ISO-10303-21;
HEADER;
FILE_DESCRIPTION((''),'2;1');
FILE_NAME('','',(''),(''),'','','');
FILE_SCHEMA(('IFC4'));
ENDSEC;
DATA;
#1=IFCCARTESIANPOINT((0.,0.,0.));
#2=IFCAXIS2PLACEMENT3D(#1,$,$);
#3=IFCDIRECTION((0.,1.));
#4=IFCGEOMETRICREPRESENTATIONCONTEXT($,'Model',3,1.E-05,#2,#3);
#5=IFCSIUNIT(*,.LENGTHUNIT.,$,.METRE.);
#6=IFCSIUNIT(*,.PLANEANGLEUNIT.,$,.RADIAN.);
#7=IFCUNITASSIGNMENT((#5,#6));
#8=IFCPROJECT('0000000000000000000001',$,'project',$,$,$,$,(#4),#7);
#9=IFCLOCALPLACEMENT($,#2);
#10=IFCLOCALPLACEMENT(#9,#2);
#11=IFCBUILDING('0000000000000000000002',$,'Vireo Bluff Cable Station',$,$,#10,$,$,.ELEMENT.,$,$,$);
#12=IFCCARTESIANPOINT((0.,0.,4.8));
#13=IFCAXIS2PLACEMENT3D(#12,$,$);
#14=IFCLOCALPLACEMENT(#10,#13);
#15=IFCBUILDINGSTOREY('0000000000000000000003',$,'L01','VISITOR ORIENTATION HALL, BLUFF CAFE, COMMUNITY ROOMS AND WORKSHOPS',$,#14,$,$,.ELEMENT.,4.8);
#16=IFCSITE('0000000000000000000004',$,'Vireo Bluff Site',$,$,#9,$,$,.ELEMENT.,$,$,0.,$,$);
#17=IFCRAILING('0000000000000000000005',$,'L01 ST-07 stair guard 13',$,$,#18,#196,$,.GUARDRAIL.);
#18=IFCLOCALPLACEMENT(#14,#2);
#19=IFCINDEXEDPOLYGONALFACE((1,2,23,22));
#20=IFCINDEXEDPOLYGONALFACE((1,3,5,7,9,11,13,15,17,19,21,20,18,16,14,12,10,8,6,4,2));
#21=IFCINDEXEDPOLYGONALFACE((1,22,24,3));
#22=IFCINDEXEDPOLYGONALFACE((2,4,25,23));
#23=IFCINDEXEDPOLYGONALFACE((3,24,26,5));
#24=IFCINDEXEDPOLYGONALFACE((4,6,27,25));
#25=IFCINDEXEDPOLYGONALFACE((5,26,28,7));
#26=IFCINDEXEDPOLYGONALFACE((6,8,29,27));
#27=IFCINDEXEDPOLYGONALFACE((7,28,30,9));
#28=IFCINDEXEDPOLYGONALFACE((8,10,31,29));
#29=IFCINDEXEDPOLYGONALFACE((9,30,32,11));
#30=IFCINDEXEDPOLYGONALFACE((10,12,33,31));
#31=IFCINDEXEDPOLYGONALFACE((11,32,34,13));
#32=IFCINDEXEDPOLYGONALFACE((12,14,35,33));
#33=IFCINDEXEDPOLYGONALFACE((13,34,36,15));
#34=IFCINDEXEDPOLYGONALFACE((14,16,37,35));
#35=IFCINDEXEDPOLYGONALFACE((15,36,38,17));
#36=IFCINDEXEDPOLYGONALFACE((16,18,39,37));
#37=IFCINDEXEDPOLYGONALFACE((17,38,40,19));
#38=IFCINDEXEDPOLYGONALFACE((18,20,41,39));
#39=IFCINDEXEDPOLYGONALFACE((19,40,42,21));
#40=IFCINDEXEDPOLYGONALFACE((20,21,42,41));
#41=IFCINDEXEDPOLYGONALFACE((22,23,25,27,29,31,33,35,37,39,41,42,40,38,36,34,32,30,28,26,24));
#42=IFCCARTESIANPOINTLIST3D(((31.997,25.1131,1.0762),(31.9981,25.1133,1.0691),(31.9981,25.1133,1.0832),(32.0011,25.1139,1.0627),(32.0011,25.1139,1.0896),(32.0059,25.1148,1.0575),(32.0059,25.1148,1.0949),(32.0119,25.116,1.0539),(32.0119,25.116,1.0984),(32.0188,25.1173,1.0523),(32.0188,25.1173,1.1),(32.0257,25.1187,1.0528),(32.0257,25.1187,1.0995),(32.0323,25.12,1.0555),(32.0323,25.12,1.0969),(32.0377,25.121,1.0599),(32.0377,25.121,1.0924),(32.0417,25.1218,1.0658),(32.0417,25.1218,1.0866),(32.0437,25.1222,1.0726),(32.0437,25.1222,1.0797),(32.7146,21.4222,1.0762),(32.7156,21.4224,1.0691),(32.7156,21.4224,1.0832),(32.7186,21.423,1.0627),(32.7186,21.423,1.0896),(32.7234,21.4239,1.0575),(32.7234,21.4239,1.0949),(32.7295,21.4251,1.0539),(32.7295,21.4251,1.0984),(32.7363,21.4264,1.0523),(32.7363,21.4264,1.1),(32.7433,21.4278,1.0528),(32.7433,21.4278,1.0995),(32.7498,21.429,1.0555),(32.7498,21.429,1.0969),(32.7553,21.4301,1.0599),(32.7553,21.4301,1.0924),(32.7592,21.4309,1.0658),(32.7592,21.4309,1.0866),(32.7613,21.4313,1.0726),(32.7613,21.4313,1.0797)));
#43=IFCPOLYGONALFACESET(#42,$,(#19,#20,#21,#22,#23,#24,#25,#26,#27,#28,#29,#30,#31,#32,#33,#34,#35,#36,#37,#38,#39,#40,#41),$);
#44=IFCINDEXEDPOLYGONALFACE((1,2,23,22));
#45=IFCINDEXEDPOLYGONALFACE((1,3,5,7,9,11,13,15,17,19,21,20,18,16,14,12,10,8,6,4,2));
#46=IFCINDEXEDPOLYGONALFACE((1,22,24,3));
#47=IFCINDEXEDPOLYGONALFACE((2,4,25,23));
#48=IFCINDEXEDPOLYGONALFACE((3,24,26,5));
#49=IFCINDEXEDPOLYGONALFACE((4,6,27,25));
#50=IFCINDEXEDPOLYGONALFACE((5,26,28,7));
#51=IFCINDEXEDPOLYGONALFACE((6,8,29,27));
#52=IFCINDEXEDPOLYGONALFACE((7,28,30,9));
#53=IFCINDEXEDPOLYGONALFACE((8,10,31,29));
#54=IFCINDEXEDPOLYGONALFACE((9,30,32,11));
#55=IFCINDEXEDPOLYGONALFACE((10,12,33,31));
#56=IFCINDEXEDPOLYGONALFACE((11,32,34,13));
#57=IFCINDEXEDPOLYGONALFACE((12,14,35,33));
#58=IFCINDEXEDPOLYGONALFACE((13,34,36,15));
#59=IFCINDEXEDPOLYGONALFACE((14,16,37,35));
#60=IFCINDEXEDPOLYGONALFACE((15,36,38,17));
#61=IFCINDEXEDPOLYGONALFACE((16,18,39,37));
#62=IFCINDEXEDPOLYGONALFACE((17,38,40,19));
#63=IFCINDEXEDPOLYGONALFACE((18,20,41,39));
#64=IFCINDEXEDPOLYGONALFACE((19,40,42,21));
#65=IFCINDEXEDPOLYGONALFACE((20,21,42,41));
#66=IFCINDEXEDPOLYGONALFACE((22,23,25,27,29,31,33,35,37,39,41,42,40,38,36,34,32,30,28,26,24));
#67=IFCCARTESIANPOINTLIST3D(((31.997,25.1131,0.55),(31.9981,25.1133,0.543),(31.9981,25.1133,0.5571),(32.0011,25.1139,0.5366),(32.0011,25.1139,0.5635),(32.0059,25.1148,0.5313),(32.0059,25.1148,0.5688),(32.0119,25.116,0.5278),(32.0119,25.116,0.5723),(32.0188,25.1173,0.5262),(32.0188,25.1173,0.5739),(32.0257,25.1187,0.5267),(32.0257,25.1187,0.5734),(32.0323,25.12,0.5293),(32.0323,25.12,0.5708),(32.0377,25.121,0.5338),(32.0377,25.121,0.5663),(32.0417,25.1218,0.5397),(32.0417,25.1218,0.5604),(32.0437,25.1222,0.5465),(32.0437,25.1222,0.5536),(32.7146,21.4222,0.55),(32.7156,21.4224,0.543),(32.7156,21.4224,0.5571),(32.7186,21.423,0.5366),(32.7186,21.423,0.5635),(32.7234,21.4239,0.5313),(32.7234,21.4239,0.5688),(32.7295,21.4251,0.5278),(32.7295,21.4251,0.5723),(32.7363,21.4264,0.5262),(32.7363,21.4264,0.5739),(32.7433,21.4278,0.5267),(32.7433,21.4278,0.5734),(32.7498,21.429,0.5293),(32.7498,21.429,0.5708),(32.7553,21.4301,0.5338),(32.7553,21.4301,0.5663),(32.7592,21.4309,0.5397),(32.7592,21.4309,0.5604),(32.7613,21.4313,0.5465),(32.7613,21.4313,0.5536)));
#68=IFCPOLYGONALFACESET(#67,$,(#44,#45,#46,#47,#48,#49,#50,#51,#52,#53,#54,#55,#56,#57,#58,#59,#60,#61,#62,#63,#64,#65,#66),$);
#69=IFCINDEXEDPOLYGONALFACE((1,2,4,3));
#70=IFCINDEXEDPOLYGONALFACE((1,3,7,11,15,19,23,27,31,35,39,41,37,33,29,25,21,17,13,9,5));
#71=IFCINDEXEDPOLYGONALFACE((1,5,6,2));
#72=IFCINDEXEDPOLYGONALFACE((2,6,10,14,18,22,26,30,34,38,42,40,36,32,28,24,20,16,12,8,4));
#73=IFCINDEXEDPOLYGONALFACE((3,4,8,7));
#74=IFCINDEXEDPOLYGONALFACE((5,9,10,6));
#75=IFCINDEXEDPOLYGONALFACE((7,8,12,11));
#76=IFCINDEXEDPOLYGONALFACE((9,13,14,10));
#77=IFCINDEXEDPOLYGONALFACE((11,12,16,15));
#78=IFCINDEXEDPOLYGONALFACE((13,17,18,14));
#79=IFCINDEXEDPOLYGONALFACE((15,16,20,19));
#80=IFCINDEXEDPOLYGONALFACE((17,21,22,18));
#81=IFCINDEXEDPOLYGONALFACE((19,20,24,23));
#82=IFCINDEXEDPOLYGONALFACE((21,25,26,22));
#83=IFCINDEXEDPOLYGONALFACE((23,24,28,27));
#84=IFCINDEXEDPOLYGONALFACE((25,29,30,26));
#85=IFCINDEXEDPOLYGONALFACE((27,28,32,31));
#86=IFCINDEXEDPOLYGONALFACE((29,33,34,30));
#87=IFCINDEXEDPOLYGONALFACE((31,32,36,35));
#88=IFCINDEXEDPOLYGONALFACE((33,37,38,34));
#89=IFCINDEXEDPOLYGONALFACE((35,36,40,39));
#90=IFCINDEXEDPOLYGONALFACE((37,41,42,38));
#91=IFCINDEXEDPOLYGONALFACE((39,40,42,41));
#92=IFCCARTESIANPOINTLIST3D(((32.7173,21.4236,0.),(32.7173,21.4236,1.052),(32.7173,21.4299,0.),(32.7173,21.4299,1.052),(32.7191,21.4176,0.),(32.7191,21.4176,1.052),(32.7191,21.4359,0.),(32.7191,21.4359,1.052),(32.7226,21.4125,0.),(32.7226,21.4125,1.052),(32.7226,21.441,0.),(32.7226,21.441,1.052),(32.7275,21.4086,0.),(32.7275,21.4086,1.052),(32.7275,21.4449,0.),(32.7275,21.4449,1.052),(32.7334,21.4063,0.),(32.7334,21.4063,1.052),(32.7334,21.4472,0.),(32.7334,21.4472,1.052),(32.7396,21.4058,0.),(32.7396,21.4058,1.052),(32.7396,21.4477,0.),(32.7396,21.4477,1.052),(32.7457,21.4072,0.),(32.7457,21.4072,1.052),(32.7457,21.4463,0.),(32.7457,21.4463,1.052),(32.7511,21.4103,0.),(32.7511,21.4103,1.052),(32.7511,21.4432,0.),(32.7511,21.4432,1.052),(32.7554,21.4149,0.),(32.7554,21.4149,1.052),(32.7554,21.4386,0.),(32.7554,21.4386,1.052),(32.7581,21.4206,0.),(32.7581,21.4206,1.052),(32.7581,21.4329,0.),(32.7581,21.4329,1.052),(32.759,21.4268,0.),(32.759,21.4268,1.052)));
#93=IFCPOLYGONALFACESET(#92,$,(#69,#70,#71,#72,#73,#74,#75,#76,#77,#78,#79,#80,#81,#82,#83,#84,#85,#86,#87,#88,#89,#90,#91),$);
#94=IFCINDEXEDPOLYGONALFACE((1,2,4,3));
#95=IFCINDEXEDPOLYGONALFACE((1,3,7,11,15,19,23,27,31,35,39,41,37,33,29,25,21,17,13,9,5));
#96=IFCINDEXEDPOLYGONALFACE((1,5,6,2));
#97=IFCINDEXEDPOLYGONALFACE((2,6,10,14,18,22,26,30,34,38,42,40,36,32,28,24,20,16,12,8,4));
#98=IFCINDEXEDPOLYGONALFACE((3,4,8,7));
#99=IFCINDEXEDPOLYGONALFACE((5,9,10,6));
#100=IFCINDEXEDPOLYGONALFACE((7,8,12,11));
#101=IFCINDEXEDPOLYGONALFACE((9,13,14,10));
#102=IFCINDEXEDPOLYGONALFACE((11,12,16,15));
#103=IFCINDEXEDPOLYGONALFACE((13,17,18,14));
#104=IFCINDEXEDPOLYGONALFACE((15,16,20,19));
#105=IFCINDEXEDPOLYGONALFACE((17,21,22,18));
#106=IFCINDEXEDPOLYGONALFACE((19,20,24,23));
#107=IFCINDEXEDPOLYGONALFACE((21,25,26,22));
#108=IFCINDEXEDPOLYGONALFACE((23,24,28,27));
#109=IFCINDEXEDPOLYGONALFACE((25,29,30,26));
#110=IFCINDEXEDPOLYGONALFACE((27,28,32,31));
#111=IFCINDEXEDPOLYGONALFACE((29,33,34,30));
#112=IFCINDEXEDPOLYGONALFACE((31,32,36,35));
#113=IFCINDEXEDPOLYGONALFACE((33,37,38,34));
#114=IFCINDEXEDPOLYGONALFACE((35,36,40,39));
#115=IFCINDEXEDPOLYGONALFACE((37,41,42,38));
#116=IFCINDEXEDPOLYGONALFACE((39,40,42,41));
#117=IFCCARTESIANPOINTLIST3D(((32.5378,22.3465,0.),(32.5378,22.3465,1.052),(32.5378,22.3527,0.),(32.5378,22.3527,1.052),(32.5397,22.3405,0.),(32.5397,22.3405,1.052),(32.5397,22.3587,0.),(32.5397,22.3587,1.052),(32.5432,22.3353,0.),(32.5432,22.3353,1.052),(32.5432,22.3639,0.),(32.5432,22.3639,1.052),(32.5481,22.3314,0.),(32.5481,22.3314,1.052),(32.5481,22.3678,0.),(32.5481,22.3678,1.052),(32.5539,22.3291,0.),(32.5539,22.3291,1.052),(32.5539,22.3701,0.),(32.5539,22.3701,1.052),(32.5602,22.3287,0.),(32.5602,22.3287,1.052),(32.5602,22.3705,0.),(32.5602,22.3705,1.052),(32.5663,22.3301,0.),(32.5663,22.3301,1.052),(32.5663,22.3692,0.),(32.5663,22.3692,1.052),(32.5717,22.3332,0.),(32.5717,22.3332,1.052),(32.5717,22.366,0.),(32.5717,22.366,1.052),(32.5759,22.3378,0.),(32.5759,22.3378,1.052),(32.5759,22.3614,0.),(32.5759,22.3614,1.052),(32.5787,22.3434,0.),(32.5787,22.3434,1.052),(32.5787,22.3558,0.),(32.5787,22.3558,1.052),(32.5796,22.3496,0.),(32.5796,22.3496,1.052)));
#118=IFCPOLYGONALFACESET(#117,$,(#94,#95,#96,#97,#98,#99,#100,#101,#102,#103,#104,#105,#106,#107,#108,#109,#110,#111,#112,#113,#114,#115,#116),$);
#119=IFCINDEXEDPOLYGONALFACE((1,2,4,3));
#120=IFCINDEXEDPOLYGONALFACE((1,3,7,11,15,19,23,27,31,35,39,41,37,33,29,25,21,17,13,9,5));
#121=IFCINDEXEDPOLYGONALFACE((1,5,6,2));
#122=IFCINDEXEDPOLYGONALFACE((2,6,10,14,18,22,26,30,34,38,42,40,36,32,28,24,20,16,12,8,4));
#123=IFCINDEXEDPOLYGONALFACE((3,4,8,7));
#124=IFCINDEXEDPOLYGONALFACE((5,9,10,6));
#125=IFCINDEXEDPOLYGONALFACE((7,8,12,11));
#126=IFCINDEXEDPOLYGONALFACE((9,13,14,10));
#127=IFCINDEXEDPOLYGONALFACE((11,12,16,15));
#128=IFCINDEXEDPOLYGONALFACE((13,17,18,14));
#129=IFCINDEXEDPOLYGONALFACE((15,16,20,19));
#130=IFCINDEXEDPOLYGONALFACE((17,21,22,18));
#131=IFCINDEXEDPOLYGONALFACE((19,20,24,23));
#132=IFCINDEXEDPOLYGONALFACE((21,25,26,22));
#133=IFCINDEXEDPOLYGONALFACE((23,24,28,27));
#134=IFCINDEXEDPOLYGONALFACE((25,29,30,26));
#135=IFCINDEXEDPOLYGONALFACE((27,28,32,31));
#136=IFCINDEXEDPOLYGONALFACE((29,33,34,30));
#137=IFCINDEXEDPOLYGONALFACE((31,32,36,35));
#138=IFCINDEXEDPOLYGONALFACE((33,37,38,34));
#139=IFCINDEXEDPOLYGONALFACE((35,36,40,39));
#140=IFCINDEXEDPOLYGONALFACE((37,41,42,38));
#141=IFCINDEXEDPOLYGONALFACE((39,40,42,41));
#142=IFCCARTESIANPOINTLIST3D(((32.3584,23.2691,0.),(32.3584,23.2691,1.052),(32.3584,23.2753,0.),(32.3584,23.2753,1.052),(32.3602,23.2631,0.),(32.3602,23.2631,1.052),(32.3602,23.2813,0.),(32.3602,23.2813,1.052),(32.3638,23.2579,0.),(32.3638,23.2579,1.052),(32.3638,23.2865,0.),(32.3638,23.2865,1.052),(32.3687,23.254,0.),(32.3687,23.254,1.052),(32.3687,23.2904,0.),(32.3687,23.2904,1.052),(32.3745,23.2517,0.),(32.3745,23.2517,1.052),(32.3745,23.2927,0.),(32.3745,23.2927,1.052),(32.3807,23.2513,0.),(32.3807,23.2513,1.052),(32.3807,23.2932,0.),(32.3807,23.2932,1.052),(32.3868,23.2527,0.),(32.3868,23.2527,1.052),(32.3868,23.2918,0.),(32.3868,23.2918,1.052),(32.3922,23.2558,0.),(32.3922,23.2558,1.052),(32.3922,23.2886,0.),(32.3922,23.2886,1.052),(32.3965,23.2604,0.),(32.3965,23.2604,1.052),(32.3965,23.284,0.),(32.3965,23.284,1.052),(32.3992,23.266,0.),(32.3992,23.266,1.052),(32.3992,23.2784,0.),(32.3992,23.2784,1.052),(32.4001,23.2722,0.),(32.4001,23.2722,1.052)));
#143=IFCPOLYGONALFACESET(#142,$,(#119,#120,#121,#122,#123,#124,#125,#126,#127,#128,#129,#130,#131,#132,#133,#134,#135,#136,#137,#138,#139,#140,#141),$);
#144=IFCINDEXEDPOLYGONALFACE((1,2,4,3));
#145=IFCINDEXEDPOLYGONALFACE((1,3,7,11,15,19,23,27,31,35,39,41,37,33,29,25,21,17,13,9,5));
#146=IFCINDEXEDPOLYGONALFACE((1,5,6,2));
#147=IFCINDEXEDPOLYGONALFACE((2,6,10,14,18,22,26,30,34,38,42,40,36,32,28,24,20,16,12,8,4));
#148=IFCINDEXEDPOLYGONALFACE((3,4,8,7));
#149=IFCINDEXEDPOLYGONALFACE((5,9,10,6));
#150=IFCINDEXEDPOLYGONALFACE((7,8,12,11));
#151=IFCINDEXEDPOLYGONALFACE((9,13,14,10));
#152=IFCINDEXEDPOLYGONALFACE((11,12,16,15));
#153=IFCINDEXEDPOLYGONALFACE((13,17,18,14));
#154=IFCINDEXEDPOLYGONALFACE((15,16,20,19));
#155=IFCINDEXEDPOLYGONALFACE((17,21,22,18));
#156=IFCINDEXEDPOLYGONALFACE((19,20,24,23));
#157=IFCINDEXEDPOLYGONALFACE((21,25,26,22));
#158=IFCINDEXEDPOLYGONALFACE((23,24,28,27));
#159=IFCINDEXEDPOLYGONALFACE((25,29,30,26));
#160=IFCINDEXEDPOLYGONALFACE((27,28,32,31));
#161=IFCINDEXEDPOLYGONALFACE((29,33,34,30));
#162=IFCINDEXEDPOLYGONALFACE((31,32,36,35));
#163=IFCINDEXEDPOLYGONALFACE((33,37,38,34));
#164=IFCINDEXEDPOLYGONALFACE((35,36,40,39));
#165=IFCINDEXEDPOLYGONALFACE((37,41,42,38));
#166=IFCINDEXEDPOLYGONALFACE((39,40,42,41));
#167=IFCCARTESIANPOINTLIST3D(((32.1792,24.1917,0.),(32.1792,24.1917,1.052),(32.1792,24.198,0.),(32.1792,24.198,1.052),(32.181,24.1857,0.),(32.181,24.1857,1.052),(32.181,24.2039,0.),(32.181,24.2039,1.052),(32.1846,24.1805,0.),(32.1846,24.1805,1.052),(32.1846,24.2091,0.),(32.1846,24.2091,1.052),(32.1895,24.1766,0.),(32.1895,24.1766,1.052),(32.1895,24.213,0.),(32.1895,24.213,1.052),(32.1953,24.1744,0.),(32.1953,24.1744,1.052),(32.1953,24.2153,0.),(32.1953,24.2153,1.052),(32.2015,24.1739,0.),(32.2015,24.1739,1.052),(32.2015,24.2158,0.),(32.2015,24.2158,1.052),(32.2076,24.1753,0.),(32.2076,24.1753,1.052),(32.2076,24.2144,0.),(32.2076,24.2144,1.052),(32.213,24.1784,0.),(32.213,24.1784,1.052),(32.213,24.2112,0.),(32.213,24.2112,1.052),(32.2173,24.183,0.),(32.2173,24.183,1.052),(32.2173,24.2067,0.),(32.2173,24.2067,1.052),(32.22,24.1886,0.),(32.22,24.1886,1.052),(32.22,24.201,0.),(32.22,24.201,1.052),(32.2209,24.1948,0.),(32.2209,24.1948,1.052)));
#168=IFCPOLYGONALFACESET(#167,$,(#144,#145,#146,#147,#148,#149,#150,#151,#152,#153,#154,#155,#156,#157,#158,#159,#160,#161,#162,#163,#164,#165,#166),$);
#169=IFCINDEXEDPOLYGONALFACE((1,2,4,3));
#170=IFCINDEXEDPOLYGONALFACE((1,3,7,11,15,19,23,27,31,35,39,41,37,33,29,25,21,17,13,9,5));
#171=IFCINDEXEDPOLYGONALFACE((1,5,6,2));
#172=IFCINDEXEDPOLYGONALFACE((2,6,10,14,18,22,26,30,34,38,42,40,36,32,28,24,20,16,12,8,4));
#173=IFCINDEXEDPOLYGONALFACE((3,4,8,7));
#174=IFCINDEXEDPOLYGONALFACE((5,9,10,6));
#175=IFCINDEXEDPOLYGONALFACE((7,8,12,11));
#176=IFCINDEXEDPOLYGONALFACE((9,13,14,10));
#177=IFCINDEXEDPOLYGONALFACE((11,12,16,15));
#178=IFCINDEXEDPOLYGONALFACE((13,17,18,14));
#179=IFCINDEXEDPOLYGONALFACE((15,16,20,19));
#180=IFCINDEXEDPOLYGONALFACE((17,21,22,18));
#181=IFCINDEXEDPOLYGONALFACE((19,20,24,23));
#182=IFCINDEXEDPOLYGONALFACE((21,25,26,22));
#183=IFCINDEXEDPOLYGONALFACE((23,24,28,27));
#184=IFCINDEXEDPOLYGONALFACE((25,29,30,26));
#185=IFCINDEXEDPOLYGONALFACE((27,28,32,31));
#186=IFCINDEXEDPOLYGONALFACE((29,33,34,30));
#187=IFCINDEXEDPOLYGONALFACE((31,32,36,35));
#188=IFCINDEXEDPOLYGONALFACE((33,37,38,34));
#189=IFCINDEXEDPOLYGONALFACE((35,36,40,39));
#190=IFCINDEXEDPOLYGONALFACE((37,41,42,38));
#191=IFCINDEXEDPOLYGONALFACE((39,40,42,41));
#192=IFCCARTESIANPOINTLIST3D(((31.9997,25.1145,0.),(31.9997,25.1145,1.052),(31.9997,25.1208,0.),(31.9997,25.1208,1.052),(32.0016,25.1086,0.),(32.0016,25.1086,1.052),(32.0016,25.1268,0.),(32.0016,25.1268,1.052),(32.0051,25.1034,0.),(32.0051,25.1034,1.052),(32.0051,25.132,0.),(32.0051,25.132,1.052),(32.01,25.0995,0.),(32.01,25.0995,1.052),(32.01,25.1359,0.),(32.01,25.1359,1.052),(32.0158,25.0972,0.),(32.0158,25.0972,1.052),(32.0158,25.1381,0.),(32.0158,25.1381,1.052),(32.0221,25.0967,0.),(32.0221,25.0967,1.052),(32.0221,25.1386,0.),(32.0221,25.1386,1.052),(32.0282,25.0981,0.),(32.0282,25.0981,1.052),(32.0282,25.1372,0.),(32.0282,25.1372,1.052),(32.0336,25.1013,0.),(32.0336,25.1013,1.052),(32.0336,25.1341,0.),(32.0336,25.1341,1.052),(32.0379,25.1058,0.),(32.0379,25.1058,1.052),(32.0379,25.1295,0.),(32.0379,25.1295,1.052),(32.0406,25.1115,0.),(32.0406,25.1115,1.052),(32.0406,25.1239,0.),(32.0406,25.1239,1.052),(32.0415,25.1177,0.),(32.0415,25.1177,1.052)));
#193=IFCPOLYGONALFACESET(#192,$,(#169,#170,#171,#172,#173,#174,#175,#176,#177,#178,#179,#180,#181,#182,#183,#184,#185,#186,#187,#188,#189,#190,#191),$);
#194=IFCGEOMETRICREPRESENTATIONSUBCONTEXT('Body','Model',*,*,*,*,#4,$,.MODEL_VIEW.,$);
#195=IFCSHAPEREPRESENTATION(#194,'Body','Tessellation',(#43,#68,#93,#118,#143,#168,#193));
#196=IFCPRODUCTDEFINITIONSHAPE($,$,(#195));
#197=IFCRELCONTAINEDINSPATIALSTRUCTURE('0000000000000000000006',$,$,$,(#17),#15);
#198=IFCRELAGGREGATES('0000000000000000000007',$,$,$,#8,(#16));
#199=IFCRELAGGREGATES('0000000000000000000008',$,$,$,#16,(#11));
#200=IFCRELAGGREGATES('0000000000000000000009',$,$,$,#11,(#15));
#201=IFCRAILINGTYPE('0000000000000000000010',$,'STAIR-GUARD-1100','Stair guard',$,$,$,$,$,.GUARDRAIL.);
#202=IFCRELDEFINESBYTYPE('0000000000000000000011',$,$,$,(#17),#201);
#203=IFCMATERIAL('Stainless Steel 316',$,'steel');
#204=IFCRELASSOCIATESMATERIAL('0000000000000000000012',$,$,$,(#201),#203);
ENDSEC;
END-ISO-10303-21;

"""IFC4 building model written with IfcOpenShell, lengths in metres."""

from ifc_helpers import new_model, si_unit, direction, frame, origin, origin_2d, place, context, subcontext, project, spatial, circle, extrude, material, type_object, element, save


model = new_model("IFC4")

# Units and contexts
model_context = context("Model", 3, precision=1e-05, world=origin(), true_north=direction((0.0, 1.0)))
body_context = subcontext(model_context, "Body", "Model", "MODEL_VIEW")
ifc_project = project(units=[si_unit("LENGTHUNIT", "METRE"), si_unit("PLANEANGLEUNIT", "RADIAN")], contexts=[model_context])

# Site, building, storey
site_placement = place(None, origin())
site = spatial("IfcSite", under=ifc_project, at=site_placement, Name="Vireo Bluff Site", CompositionType="ELEMENT", RefElevation=0.0)
building_placement = place(site_placement, origin())
building = spatial("IfcBuilding", under=site, at=building_placement, Name="Vireo Bluff Cable Station", CompositionType="ELEMENT")
storey_placement = place(building_placement, frame((0.0, 0.0, 4.8)))
storey = spatial("IfcBuildingStorey", under=building, at=storey_placement, Name="L01", Description="VISITOR ORIENTATION HALL, BLUFF CAFE, COMMUNITY ROOMS AND WORKSHOPS", CompositionType="ELEMENT", Elevation=4.8)

# Railing
ifc_material_1 = material(Name="Stainless Steel 316", Category="steel")
railing_type = type_object("IfcRailingType", Name="STAIR-GUARD-1100", Description="Stair guard", PredefinedType="GUARDRAIL", material=ifc_material_1)
railing_1_placement = place(storey_placement, frame((32.738, 21.4268, 0.0)))
element("IfcRailing", 1, at=railing_1_placement, inside=storey, type_object=railing_type, Name="L01 ST-07 stair guard 13", PredefinedType="GUARDRAIL", context=body_context, shape_type="SweptSolid", body=[
    extrude(circle(Radius=0.0239, at=origin_2d()), frame((0.0, 0.0, 1.0762), z_axis=(-0.190831, 0.981623, 0.0), x_axis=(-0.981623, -0.190831, 0.0)), (0.0, 0.0, 1.0), 3.76),
    extrude(circle(Radius=0.0239, at=origin_2d()), frame((0.0, 0.0, 0.55), z_axis=(-0.190831, 0.981623, 0.0), x_axis=(-0.981623, -0.190831, 0.0)), (0.0, 0.0, 1.0), 3.76),
    extrude(circle(Radius=0.021, at=origin_2d()), origin(), (0.0, 0.0, 1.0), 1.052),
    extrude(circle(Radius=0.021, at=origin_2d()), frame((-0.1794, 0.9229, 0.0)), (0.0, 0.0, 1.0), 1.052),
    extrude(circle(Radius=0.021, at=origin_2d()), frame((-0.3589, 1.8455, 0.0)), (0.0, 0.0, 1.0), 1.052),
    extrude(circle(Radius=0.021, at=origin_2d()), frame((-0.5381, 2.7681, 0.0)), (0.0, 0.0, 1.0), 1.052),
    extrude(circle(Radius=0.021, at=origin_2d()), frame((-0.7175, 3.6909, 0.0)), (0.0, 0.0, 1.0), 1.052),
])

save(model, "model.ifc")
